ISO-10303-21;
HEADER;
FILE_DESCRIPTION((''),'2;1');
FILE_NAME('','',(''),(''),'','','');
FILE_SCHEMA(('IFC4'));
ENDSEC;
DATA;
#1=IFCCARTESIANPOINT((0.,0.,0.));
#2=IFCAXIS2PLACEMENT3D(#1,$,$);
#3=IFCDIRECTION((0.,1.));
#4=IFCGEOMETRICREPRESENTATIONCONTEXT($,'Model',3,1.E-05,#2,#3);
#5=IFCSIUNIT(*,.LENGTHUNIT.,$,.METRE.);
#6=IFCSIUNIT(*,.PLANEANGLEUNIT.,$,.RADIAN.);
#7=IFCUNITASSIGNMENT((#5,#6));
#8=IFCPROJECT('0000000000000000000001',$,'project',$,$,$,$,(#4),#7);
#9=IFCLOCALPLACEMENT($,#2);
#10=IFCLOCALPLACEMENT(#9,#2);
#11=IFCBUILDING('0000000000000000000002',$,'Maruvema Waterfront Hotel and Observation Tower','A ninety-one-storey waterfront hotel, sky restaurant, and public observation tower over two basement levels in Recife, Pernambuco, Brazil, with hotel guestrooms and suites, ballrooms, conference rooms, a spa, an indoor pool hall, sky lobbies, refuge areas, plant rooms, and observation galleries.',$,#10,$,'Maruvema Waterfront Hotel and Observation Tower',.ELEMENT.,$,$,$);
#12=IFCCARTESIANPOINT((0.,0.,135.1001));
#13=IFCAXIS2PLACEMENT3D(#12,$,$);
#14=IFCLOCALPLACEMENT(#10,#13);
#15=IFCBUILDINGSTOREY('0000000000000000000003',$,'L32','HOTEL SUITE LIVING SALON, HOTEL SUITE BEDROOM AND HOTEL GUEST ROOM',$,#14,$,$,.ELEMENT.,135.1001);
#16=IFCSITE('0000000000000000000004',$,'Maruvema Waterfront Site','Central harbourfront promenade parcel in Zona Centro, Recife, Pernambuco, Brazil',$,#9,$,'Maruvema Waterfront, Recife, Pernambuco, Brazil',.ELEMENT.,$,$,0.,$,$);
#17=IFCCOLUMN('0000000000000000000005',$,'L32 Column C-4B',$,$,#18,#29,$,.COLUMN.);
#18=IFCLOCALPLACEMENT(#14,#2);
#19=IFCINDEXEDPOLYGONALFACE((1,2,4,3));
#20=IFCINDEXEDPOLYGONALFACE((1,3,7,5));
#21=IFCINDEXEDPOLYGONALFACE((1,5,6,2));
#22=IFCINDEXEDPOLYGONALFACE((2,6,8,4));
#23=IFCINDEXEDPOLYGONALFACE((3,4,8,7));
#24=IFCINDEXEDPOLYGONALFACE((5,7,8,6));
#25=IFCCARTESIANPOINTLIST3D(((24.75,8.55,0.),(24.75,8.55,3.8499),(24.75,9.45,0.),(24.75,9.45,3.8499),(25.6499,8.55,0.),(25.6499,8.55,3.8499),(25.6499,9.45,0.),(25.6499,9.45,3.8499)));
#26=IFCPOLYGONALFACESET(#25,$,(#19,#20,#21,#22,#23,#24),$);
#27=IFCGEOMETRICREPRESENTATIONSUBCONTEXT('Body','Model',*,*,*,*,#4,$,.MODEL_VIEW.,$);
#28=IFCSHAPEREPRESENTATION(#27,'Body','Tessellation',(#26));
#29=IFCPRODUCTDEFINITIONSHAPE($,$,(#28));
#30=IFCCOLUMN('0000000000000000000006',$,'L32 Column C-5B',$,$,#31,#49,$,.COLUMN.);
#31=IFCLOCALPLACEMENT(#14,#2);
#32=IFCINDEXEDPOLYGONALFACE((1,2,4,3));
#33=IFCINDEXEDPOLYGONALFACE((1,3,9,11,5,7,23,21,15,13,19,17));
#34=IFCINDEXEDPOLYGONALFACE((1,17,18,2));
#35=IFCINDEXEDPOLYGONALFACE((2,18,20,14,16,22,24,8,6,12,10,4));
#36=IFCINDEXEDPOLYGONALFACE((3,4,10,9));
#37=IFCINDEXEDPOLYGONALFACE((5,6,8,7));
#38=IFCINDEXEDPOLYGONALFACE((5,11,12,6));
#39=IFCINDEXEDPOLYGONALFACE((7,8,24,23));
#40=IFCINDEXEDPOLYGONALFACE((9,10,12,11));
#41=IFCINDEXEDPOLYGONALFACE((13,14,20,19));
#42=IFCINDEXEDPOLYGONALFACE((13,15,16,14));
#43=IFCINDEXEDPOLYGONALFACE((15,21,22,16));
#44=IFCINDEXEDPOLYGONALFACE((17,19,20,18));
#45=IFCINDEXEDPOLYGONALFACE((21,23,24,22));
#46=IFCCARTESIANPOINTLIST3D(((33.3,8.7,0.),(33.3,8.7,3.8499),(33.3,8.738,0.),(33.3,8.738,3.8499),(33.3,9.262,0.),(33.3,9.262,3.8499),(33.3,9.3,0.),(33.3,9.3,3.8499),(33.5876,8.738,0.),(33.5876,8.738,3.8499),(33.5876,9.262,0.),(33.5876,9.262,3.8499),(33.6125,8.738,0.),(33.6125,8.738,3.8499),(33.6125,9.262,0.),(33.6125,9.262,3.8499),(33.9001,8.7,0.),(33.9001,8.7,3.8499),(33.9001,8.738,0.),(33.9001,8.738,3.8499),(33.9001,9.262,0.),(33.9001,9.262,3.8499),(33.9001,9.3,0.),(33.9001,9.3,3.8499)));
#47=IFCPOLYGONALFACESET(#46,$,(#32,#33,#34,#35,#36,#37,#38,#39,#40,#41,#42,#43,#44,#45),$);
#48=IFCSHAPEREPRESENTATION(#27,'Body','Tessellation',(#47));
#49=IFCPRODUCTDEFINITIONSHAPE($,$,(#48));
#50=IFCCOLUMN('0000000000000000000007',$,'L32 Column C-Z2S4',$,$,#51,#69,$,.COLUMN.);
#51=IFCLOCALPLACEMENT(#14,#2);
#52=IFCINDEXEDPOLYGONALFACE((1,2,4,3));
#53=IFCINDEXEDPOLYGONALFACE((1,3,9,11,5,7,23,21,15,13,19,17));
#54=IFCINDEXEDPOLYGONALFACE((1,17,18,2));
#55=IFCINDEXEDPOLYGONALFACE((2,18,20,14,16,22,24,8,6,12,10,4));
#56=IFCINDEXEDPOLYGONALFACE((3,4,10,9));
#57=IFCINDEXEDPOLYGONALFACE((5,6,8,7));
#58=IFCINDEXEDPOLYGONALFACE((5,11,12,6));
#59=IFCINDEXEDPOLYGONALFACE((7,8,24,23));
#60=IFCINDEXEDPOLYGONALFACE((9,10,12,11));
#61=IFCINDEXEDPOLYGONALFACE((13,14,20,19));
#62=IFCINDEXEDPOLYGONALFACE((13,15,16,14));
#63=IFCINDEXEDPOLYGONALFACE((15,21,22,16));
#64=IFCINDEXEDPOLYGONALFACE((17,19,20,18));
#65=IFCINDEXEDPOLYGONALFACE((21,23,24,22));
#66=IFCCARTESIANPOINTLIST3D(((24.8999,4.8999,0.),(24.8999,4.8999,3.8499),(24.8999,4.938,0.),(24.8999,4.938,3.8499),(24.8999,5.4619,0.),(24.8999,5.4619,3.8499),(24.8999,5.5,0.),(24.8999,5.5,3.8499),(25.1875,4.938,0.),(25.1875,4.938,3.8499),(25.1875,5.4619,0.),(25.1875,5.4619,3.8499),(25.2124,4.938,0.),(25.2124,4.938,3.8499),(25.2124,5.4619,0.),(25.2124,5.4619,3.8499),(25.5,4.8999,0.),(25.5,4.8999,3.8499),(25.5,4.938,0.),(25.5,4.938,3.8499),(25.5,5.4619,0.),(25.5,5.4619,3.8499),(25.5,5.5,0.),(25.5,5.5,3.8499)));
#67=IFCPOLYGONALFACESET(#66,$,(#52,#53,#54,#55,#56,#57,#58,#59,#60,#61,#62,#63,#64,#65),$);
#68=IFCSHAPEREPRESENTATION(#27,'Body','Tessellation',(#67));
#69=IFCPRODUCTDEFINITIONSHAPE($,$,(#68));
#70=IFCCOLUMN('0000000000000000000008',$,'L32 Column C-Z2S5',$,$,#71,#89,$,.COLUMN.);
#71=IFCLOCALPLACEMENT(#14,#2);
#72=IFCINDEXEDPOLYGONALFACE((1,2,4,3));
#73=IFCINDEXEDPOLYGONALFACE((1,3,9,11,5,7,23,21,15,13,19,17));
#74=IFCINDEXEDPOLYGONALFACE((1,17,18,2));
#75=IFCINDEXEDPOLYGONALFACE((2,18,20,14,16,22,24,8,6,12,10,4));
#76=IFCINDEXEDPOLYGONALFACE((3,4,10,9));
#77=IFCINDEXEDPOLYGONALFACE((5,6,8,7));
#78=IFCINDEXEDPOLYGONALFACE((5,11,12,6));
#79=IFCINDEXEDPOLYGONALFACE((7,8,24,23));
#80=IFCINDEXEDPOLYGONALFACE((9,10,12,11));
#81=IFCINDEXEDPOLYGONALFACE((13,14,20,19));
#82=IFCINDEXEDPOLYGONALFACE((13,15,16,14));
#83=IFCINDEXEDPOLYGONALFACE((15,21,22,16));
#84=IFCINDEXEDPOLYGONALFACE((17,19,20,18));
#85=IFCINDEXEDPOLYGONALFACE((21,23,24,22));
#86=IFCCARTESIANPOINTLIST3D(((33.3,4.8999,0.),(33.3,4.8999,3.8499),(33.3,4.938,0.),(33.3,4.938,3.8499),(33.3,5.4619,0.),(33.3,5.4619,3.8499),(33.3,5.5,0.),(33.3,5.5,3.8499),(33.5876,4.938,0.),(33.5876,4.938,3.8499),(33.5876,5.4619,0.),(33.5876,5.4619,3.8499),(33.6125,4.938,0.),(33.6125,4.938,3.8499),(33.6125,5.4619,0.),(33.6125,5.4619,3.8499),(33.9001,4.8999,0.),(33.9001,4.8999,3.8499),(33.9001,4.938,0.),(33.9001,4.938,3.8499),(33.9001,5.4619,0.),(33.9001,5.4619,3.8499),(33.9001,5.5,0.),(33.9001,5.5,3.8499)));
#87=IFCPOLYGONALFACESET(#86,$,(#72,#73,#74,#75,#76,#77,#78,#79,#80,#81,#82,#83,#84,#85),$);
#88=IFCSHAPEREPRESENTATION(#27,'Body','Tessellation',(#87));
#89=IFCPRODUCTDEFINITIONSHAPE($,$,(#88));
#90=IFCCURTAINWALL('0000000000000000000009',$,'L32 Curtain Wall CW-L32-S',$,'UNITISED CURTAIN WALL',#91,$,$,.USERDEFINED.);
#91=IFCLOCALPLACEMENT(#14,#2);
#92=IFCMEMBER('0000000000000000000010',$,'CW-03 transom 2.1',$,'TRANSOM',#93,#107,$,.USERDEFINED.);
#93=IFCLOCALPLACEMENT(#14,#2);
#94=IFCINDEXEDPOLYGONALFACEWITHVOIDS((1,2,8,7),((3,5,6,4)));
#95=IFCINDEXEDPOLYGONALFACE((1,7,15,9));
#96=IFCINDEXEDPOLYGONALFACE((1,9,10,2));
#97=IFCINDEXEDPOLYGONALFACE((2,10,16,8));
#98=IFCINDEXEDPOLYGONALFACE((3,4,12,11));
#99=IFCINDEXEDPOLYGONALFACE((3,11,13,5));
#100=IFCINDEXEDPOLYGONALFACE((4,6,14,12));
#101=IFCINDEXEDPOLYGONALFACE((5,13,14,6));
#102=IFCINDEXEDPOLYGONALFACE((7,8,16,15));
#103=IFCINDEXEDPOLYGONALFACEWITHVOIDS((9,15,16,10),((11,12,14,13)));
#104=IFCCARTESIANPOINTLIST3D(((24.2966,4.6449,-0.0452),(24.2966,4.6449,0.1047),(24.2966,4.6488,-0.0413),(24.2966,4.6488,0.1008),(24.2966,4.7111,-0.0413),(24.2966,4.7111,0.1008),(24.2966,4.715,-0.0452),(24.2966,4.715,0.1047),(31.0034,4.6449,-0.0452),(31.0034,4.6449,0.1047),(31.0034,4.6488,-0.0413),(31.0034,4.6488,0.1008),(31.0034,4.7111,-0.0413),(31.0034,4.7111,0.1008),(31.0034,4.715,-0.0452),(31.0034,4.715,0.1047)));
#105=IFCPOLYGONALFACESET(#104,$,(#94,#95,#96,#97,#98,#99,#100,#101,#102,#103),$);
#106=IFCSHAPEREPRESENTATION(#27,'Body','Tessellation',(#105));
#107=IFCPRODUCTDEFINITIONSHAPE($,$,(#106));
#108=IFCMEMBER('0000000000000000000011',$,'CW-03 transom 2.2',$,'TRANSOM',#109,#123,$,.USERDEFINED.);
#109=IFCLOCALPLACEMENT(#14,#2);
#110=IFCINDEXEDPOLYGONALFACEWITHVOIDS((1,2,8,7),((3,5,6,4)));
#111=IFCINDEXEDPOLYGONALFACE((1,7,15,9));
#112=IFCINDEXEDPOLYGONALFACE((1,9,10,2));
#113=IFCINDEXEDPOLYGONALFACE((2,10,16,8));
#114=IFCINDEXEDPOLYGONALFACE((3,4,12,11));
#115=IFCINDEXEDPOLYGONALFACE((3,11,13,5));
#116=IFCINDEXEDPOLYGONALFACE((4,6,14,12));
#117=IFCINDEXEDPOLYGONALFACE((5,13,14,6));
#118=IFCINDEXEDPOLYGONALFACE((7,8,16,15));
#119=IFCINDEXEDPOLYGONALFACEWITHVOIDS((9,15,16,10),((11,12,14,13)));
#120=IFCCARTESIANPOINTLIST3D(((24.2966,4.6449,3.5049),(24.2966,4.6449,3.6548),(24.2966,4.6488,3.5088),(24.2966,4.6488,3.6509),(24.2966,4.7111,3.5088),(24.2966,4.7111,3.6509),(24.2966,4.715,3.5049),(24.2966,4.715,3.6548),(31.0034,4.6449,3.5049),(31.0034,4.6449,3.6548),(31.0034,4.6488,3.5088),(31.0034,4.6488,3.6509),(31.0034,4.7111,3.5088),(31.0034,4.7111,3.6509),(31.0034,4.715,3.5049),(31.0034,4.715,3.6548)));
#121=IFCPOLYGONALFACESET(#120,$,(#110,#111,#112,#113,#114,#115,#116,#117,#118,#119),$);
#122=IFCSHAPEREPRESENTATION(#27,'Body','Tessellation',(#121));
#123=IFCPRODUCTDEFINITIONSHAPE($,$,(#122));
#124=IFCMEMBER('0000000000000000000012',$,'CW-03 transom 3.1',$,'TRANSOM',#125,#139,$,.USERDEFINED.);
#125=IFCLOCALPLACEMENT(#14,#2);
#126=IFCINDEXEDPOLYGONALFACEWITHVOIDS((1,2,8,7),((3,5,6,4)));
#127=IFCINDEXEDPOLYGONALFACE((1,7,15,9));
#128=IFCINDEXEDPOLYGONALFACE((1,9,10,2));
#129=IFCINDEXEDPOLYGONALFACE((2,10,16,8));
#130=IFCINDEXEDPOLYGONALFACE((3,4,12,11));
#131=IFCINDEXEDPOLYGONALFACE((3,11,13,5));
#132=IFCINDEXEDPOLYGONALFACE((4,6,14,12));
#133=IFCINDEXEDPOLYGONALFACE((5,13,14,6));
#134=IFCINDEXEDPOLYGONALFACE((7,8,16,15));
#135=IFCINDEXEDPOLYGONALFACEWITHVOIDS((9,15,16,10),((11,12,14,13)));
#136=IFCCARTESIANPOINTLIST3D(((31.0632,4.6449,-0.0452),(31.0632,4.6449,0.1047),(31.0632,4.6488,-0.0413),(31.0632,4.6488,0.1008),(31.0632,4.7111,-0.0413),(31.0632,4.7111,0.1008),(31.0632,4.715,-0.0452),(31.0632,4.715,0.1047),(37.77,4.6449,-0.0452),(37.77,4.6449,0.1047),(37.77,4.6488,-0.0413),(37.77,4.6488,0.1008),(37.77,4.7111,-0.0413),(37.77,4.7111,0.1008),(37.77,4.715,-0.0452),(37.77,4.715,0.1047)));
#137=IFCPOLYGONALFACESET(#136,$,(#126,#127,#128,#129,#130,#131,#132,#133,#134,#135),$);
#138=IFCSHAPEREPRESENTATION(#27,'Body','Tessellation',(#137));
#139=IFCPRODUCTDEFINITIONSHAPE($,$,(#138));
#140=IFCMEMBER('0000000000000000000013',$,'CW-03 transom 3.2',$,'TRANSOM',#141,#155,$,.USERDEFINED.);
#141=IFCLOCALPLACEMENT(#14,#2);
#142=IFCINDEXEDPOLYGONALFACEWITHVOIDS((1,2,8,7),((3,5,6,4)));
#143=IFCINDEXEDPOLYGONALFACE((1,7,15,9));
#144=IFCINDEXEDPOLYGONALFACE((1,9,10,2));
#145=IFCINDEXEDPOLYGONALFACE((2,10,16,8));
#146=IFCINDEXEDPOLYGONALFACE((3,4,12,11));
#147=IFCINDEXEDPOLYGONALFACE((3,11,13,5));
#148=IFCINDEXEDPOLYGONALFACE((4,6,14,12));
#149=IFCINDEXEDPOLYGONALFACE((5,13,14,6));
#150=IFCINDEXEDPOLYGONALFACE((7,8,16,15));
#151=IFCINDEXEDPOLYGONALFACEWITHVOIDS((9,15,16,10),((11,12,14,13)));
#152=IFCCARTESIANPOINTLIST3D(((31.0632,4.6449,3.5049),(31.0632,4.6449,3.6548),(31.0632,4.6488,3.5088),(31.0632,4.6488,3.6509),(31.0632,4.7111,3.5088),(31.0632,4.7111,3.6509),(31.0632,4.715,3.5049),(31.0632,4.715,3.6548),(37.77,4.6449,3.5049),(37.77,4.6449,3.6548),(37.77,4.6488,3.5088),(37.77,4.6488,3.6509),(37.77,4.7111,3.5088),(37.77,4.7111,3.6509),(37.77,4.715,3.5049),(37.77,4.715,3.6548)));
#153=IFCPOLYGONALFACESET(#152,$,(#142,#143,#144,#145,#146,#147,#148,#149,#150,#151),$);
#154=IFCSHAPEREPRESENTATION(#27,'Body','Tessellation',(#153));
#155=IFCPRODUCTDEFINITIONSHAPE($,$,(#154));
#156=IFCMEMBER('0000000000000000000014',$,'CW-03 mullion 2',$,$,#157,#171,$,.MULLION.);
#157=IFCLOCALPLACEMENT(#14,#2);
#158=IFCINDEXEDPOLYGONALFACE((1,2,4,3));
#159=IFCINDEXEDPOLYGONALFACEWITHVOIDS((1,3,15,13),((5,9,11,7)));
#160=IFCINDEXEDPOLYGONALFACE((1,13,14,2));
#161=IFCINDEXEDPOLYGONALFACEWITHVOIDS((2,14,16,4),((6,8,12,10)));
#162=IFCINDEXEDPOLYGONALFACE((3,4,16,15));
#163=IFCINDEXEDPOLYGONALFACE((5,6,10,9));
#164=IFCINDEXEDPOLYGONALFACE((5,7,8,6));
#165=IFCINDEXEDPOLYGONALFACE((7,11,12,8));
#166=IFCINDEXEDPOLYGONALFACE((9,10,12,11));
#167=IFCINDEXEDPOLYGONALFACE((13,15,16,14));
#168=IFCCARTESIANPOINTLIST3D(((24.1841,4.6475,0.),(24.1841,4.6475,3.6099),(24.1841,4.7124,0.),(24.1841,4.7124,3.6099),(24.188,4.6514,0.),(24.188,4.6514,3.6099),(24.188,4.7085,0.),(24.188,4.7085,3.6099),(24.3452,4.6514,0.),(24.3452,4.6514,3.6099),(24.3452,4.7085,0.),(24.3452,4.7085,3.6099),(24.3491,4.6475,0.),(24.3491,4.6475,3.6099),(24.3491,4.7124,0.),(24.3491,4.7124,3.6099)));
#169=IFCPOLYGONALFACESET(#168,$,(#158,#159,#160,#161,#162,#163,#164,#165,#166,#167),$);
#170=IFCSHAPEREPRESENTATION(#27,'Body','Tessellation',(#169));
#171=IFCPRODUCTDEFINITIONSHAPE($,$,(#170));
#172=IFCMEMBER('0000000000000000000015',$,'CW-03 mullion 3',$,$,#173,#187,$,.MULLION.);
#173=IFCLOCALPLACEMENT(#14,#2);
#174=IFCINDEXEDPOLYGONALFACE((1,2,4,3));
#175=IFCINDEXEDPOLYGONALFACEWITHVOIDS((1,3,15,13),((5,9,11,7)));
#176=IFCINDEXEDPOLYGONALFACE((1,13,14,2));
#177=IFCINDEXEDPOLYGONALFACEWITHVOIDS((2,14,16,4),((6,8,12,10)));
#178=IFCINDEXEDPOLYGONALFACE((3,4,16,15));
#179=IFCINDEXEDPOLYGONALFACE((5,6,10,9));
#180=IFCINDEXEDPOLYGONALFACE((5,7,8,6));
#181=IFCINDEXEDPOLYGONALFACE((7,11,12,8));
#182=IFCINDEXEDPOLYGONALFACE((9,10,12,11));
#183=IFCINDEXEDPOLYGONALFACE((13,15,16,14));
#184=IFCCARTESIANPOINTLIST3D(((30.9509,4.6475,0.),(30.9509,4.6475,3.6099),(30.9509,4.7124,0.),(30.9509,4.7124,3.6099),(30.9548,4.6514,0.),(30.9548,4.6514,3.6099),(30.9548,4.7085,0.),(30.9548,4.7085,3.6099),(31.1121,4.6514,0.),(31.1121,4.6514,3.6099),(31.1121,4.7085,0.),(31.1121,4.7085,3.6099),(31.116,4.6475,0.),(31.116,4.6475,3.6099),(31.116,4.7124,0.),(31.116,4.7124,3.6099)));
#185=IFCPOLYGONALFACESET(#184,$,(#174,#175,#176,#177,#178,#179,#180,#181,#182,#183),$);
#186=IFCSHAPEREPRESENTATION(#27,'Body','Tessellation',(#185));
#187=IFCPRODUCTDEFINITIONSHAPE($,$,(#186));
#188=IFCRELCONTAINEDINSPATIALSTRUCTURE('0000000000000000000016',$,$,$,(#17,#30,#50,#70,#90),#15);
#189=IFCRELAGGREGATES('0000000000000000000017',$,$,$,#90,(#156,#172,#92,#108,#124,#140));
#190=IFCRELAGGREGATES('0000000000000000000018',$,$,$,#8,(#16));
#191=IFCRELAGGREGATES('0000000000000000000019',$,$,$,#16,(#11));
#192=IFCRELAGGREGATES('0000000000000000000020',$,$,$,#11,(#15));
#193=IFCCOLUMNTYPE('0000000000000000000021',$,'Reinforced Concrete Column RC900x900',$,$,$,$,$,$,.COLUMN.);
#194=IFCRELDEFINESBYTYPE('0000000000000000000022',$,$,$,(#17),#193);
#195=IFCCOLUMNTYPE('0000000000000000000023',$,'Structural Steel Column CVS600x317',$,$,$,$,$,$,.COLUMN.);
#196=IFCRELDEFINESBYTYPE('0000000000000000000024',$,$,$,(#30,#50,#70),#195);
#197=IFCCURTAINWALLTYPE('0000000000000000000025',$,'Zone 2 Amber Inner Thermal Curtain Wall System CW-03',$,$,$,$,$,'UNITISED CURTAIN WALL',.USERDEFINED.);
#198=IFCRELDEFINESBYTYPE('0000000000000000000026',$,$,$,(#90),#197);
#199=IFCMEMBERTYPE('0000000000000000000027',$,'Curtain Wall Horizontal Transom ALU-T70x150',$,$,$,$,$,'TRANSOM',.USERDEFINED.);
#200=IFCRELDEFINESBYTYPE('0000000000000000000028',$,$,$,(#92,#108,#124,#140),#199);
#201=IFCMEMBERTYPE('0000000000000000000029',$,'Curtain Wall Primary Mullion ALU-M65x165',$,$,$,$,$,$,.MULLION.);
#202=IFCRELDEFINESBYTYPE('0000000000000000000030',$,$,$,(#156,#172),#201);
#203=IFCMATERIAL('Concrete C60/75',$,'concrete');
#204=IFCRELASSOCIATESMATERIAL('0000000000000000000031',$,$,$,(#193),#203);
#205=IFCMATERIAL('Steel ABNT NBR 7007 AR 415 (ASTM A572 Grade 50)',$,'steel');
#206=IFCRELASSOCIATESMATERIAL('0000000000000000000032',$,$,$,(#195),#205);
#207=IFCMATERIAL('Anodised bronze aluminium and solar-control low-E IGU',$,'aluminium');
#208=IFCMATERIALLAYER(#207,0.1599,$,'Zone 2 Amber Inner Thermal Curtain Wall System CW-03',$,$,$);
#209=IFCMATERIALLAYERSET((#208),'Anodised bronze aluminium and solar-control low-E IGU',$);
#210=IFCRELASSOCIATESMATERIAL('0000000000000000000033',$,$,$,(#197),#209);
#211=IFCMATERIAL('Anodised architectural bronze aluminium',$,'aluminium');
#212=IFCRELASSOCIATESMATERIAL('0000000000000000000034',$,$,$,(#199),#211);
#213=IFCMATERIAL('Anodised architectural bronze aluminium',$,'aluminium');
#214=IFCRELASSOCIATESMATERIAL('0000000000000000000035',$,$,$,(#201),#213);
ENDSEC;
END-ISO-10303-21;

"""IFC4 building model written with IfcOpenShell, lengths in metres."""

from ifc_helpers import new_model, si_unit, direction, frame, origin, origin_2d, place, context, subcontext, project, spatial, rectangle, hollow_rectangle, i_section, extrude, material, layer, layer_set, material_profile, profile_set, type_object, element, aggregate, save


model = new_model("IFC4")

# Units and contexts
model_context = context("Model", 3, precision=1e-05, world=origin(), true_north=direction((0.0, 1.0)))
body_context = subcontext(model_context, "Body", "Model", "MODEL_VIEW")
ifc_project = project(units=[si_unit("LENGTHUNIT", "METRE"), si_unit("PLANEANGLEUNIT", "RADIAN")], contexts=[model_context])

# Site, building, storey
site_placement = place(None, origin())
site = spatial("IfcSite", under=ifc_project, at=site_placement, Name="Maruvema Waterfront Site", Description="Central harbourfront promenade parcel in Zona Centro, Recife, Pernambuco, Brazil", LongName="Maruvema Waterfront, Recife, Pernambuco, Brazil", CompositionType="ELEMENT", RefElevation=0.0)
building_placement = place(site_placement, origin())
building = spatial("IfcBuilding", under=site, at=building_placement, Name="Maruvema Waterfront Hotel and Observation Tower", Description="A ninety-one-storey waterfront hotel, sky restaurant, and public observation tower over two basement levels in Recife, Pernambuco, Brazil, with hotel guestrooms and suites, ballrooms, conference rooms, a spa, an indoor pool hall, sky lobbies, refuge areas, plant rooms, and observation galleries.", LongName="Maruvema Waterfront Hotel and Observation Tower", CompositionType="ELEMENT")
storey_placement = place(building_placement, frame((0.0, 0.0, 135.1001)))
storey = spatial("IfcBuildingStorey", under=building, at=storey_placement, Name="L32", Description="HOTEL SUITE LIVING SALON, HOTEL SUITE BEDROOM AND HOTEL GUEST ROOM", CompositionType="ELEMENT", Elevation=135.1001)

# Columns
ifc_material_1 = material(Name="Concrete C60/75", Category="concrete")
ifc_material_profile_1 = material_profile(ifc_material_1, rectangle(XDim=0.8999, YDim=0.8999, at=origin_2d()), Name="RC900x900")
ifc_profile_set_1 = profile_set([ifc_material_profile_1], Name="Concrete C60/75")
column_type_1 = type_object("IfcColumnType", Name="Reinforced Concrete Column RC900x900", PredefinedType="COLUMN", material=ifc_profile_set_1)
column_placement = place(storey_placement, frame((25.2, 9.0, 0.0), z_axis=(0.0, 0.0, 1.0), x_axis=(1.0, 0.0, 0.0)))
element("IfcColumn", 1, at=column_placement, inside=storey, type_object=column_type_1, Name="L32 Column C-4B", PredefinedType="COLUMN", context=body_context, shape_type="SweptSolid", body=[
    extrude(rectangle(XDim=0.8999, YDim=0.8999, at=origin_2d()), origin(), (0.0, 0.0, 1.0), 3.8499),
])
ifc_material_2 = material(Name="Steel ABNT NBR 7007 AR 415 (ASTM A572 Grade 50)", Category="steel")
ifc_material_profile_2 = material_profile(ifc_material_2, i_section(OverallWidth=0.6001, OverallDepth=0.6001, WebThickness=0.0249, FlangeThickness=0.0381, at=origin_2d()), Name="CVS600x317")
ifc_profile_set_2 = profile_set([ifc_material_profile_2], Name="Steel ABNT NBR 7007 AR 415 (ASTM A572 Grade 50)")
column_type_2 = type_object("IfcColumnType", Name="Structural Steel Column CVS600x317", PredefinedType="COLUMN", material=ifc_profile_set_2)
for number, where, z_axis, x_axis, name in (
    (2, (33.6001, 9.0, 0.0), (0.0, 0.0, 1.0), (1.0, 0.0, 0.0), "L32 Column C-5B"),
    (3, (25.2, 5.2, 0.0), (0.0, 0.0, 1.0), (1.0, 0.0, 0.0), "L32 Column C-Z2S4"),
    (4, (33.6001, 5.2, 0.0), (0.0, 0.0, 1.0), (1.0, 0.0, 0.0), "L32 Column C-Z2S5"),
):
    element("IfcColumn", number, at=place(storey_placement, frame(where, z_axis=z_axis, x_axis=x_axis)), inside=storey, type_object=column_type_2, Name=name, PredefinedType="COLUMN", context=body_context, shape_type="SweptSolid", body=[
        extrude(i_section(OverallWidth=0.6001, OverallDepth=0.6001, WebThickness=0.0249, FlangeThickness=0.0381, at=origin_2d()), origin(), (0.0, 0.0, 1.0), 3.8499),
    ])

# Curtain wall, members
ifc_material_3 = material(Name="Anodised bronze aluminium and solar-control low-E IGU", Category="aluminium")
ifc_layer_1 = layer(ifc_material_3, 0.1599, Name="Zone 2 Amber Inner Thermal Curtain Wall System CW-03")
ifc_layer_set_1 = layer_set([ifc_layer_1], Name="Anodised bronze aluminium and solar-control low-E IGU")
curtain_wall_type = type_object("IfcCurtainWallType", Name="Zone 2 Amber Inner Thermal Curtain Wall System CW-03", ElementType="UNITISED CURTAIN WALL", PredefinedType="USERDEFINED", material=ifc_layer_set_1)
curtain_wall_placement = place(storey_placement, origin())
curtain_wall = element("IfcCurtainWall", 5, at=curtain_wall_placement, inside=storey, type_object=curtain_wall_type, Name="L32 Curtain Wall CW-L32-S", ObjectType="UNITISED CURTAIN WALL", PredefinedType="USERDEFINED")
ifc_material_4 = material(Name="Anodised architectural bronze aluminium", Category="aluminium")
ifc_material_profile_3 = material_profile(ifc_material_4, hollow_rectangle(XDim=0.0701, YDim=0.1499, WallThickness=0.0039, at=origin_2d()), Name="ALU-T70x150")
ifc_profile_set_3 = profile_set([ifc_material_profile_3], Name="Anodised architectural bronze aluminium")
member_type_1 = type_object("IfcMemberType", Name="Curtain Wall Horizontal Transom ALU-T70x150", ElementType="TRANSOM", PredefinedType="USERDEFINED", material=ifc_profile_set_3)
member_1_placement = place(storey_placement, frame((24.2966, 4.6799, 0.0298), z_axis=(1.0, 0.0, 0.0), x_axis=(0.0, 1.0, 0.0)))
member_1 = element("IfcMember", 6, at=member_1_placement, type_object=member_type_1, Name="CW-03 transom 2.1", ObjectType="TRANSOM", PredefinedType="USERDEFINED", context=body_context, shape_type="SweptSolid", body=[
    extrude(hollow_rectangle(XDim=0.0701, YDim=0.1499, WallThickness=0.0039, at=origin_2d()), origin(), (0.0, 0.0, 1.0), 6.7068),
])
member_2_placement = place(storey_placement, frame((24.2966, 4.6799, 3.5798), z_axis=(1.0, 0.0, 0.0), x_axis=(0.0, 1.0, 0.0)))
member_2 = element("IfcMember", 7, at=member_2_placement, type_object=member_type_1, Name="CW-03 transom 2.2", ObjectType="TRANSOM", PredefinedType="USERDEFINED", context=body_context, shape_type="SweptSolid", body=[
    extrude(hollow_rectangle(XDim=0.0701, YDim=0.1499, WallThickness=0.0039, at=origin_2d()), origin(), (0.0, 0.0, 1.0), 6.7068),
])
member_3_placement = place(storey_placement, frame((31.0632, 4.6799, 0.0298), z_axis=(1.0, 0.0, 0.0), x_axis=(0.0, 1.0, 0.0)))
member_3 = element("IfcMember", 8, at=member_3_placement, type_object=member_type_1, Name="CW-03 transom 3.1", ObjectType="TRANSOM", PredefinedType="USERDEFINED", context=body_context, shape_type="SweptSolid", body=[
    extrude(hollow_rectangle(XDim=0.0701, YDim=0.1499, WallThickness=0.0039, at=origin_2d()), origin(), (0.0, 0.0, 1.0), 6.7068),
])
member_4_placement = place(storey_placement, frame((31.0632, 4.6799, 3.5798), z_axis=(1.0, 0.0, 0.0), x_axis=(0.0, 1.0, 0.0)))
member_4 = element("IfcMember", 9, at=member_4_placement, type_object=member_type_1, Name="CW-03 transom 3.2", ObjectType="TRANSOM", PredefinedType="USERDEFINED", context=body_context, shape_type="SweptSolid", body=[
    extrude(hollow_rectangle(XDim=0.0701, YDim=0.1499, WallThickness=0.0039, at=origin_2d()), origin(), (0.0, 0.0, 1.0), 6.7068),
])
ifc_material_5 = material(Name="Anodised architectural bronze aluminium", Category="aluminium")
ifc_material_profile_4 = material_profile(ifc_material_5, hollow_rectangle(XDim=0.0649, YDim=0.165, WallThickness=0.0039, at=origin_2d()), Name="ALU-M65x165")
ifc_profile_set_4 = profile_set([ifc_material_profile_4], Name="Anodised architectural bronze aluminium")
member_type_2 = type_object("IfcMemberType", Name="Curtain Wall Primary Mullion ALU-M65x165", PredefinedType="MULLION", material=ifc_profile_set_4)
member_5_placement = place(storey_placement, frame((24.2666, 4.6799, 0.0), z_axis=(0.0, 0.0, 1.0), x_axis=(0.0, 1.0, 0.0)))
member_5 = element("IfcMember", 10, at=member_5_placement, type_object=member_type_2, Name="CW-03 mullion 2", PredefinedType="MULLION", context=body_context, shape_type="SweptSolid", body=[
    extrude(hollow_rectangle(XDim=0.0649, YDim=0.165, WallThickness=0.0039, at=origin_2d()), origin(), (0.0, 0.0, 1.0), 3.6099),
])
member_6_placement = place(storey_placement, frame((31.0334, 4.6799, 0.0), z_axis=(0.0, 0.0, 1.0), x_axis=(0.0, 1.0, 0.0)))
member_6 = element("IfcMember", 11, at=member_6_placement, type_object=member_type_2, Name="CW-03 mullion 3", PredefinedType="MULLION", context=body_context, shape_type="SweptSolid", body=[
    extrude(hollow_rectangle(XDim=0.0649, YDim=0.165, WallThickness=0.0039, at=origin_2d()), origin(), (0.0, 0.0, 1.0), 3.6099),
])

aggregate(curtain_wall, [member_5, member_6, member_1, member_2, member_3, member_4])

save(model, "model.ifc")
